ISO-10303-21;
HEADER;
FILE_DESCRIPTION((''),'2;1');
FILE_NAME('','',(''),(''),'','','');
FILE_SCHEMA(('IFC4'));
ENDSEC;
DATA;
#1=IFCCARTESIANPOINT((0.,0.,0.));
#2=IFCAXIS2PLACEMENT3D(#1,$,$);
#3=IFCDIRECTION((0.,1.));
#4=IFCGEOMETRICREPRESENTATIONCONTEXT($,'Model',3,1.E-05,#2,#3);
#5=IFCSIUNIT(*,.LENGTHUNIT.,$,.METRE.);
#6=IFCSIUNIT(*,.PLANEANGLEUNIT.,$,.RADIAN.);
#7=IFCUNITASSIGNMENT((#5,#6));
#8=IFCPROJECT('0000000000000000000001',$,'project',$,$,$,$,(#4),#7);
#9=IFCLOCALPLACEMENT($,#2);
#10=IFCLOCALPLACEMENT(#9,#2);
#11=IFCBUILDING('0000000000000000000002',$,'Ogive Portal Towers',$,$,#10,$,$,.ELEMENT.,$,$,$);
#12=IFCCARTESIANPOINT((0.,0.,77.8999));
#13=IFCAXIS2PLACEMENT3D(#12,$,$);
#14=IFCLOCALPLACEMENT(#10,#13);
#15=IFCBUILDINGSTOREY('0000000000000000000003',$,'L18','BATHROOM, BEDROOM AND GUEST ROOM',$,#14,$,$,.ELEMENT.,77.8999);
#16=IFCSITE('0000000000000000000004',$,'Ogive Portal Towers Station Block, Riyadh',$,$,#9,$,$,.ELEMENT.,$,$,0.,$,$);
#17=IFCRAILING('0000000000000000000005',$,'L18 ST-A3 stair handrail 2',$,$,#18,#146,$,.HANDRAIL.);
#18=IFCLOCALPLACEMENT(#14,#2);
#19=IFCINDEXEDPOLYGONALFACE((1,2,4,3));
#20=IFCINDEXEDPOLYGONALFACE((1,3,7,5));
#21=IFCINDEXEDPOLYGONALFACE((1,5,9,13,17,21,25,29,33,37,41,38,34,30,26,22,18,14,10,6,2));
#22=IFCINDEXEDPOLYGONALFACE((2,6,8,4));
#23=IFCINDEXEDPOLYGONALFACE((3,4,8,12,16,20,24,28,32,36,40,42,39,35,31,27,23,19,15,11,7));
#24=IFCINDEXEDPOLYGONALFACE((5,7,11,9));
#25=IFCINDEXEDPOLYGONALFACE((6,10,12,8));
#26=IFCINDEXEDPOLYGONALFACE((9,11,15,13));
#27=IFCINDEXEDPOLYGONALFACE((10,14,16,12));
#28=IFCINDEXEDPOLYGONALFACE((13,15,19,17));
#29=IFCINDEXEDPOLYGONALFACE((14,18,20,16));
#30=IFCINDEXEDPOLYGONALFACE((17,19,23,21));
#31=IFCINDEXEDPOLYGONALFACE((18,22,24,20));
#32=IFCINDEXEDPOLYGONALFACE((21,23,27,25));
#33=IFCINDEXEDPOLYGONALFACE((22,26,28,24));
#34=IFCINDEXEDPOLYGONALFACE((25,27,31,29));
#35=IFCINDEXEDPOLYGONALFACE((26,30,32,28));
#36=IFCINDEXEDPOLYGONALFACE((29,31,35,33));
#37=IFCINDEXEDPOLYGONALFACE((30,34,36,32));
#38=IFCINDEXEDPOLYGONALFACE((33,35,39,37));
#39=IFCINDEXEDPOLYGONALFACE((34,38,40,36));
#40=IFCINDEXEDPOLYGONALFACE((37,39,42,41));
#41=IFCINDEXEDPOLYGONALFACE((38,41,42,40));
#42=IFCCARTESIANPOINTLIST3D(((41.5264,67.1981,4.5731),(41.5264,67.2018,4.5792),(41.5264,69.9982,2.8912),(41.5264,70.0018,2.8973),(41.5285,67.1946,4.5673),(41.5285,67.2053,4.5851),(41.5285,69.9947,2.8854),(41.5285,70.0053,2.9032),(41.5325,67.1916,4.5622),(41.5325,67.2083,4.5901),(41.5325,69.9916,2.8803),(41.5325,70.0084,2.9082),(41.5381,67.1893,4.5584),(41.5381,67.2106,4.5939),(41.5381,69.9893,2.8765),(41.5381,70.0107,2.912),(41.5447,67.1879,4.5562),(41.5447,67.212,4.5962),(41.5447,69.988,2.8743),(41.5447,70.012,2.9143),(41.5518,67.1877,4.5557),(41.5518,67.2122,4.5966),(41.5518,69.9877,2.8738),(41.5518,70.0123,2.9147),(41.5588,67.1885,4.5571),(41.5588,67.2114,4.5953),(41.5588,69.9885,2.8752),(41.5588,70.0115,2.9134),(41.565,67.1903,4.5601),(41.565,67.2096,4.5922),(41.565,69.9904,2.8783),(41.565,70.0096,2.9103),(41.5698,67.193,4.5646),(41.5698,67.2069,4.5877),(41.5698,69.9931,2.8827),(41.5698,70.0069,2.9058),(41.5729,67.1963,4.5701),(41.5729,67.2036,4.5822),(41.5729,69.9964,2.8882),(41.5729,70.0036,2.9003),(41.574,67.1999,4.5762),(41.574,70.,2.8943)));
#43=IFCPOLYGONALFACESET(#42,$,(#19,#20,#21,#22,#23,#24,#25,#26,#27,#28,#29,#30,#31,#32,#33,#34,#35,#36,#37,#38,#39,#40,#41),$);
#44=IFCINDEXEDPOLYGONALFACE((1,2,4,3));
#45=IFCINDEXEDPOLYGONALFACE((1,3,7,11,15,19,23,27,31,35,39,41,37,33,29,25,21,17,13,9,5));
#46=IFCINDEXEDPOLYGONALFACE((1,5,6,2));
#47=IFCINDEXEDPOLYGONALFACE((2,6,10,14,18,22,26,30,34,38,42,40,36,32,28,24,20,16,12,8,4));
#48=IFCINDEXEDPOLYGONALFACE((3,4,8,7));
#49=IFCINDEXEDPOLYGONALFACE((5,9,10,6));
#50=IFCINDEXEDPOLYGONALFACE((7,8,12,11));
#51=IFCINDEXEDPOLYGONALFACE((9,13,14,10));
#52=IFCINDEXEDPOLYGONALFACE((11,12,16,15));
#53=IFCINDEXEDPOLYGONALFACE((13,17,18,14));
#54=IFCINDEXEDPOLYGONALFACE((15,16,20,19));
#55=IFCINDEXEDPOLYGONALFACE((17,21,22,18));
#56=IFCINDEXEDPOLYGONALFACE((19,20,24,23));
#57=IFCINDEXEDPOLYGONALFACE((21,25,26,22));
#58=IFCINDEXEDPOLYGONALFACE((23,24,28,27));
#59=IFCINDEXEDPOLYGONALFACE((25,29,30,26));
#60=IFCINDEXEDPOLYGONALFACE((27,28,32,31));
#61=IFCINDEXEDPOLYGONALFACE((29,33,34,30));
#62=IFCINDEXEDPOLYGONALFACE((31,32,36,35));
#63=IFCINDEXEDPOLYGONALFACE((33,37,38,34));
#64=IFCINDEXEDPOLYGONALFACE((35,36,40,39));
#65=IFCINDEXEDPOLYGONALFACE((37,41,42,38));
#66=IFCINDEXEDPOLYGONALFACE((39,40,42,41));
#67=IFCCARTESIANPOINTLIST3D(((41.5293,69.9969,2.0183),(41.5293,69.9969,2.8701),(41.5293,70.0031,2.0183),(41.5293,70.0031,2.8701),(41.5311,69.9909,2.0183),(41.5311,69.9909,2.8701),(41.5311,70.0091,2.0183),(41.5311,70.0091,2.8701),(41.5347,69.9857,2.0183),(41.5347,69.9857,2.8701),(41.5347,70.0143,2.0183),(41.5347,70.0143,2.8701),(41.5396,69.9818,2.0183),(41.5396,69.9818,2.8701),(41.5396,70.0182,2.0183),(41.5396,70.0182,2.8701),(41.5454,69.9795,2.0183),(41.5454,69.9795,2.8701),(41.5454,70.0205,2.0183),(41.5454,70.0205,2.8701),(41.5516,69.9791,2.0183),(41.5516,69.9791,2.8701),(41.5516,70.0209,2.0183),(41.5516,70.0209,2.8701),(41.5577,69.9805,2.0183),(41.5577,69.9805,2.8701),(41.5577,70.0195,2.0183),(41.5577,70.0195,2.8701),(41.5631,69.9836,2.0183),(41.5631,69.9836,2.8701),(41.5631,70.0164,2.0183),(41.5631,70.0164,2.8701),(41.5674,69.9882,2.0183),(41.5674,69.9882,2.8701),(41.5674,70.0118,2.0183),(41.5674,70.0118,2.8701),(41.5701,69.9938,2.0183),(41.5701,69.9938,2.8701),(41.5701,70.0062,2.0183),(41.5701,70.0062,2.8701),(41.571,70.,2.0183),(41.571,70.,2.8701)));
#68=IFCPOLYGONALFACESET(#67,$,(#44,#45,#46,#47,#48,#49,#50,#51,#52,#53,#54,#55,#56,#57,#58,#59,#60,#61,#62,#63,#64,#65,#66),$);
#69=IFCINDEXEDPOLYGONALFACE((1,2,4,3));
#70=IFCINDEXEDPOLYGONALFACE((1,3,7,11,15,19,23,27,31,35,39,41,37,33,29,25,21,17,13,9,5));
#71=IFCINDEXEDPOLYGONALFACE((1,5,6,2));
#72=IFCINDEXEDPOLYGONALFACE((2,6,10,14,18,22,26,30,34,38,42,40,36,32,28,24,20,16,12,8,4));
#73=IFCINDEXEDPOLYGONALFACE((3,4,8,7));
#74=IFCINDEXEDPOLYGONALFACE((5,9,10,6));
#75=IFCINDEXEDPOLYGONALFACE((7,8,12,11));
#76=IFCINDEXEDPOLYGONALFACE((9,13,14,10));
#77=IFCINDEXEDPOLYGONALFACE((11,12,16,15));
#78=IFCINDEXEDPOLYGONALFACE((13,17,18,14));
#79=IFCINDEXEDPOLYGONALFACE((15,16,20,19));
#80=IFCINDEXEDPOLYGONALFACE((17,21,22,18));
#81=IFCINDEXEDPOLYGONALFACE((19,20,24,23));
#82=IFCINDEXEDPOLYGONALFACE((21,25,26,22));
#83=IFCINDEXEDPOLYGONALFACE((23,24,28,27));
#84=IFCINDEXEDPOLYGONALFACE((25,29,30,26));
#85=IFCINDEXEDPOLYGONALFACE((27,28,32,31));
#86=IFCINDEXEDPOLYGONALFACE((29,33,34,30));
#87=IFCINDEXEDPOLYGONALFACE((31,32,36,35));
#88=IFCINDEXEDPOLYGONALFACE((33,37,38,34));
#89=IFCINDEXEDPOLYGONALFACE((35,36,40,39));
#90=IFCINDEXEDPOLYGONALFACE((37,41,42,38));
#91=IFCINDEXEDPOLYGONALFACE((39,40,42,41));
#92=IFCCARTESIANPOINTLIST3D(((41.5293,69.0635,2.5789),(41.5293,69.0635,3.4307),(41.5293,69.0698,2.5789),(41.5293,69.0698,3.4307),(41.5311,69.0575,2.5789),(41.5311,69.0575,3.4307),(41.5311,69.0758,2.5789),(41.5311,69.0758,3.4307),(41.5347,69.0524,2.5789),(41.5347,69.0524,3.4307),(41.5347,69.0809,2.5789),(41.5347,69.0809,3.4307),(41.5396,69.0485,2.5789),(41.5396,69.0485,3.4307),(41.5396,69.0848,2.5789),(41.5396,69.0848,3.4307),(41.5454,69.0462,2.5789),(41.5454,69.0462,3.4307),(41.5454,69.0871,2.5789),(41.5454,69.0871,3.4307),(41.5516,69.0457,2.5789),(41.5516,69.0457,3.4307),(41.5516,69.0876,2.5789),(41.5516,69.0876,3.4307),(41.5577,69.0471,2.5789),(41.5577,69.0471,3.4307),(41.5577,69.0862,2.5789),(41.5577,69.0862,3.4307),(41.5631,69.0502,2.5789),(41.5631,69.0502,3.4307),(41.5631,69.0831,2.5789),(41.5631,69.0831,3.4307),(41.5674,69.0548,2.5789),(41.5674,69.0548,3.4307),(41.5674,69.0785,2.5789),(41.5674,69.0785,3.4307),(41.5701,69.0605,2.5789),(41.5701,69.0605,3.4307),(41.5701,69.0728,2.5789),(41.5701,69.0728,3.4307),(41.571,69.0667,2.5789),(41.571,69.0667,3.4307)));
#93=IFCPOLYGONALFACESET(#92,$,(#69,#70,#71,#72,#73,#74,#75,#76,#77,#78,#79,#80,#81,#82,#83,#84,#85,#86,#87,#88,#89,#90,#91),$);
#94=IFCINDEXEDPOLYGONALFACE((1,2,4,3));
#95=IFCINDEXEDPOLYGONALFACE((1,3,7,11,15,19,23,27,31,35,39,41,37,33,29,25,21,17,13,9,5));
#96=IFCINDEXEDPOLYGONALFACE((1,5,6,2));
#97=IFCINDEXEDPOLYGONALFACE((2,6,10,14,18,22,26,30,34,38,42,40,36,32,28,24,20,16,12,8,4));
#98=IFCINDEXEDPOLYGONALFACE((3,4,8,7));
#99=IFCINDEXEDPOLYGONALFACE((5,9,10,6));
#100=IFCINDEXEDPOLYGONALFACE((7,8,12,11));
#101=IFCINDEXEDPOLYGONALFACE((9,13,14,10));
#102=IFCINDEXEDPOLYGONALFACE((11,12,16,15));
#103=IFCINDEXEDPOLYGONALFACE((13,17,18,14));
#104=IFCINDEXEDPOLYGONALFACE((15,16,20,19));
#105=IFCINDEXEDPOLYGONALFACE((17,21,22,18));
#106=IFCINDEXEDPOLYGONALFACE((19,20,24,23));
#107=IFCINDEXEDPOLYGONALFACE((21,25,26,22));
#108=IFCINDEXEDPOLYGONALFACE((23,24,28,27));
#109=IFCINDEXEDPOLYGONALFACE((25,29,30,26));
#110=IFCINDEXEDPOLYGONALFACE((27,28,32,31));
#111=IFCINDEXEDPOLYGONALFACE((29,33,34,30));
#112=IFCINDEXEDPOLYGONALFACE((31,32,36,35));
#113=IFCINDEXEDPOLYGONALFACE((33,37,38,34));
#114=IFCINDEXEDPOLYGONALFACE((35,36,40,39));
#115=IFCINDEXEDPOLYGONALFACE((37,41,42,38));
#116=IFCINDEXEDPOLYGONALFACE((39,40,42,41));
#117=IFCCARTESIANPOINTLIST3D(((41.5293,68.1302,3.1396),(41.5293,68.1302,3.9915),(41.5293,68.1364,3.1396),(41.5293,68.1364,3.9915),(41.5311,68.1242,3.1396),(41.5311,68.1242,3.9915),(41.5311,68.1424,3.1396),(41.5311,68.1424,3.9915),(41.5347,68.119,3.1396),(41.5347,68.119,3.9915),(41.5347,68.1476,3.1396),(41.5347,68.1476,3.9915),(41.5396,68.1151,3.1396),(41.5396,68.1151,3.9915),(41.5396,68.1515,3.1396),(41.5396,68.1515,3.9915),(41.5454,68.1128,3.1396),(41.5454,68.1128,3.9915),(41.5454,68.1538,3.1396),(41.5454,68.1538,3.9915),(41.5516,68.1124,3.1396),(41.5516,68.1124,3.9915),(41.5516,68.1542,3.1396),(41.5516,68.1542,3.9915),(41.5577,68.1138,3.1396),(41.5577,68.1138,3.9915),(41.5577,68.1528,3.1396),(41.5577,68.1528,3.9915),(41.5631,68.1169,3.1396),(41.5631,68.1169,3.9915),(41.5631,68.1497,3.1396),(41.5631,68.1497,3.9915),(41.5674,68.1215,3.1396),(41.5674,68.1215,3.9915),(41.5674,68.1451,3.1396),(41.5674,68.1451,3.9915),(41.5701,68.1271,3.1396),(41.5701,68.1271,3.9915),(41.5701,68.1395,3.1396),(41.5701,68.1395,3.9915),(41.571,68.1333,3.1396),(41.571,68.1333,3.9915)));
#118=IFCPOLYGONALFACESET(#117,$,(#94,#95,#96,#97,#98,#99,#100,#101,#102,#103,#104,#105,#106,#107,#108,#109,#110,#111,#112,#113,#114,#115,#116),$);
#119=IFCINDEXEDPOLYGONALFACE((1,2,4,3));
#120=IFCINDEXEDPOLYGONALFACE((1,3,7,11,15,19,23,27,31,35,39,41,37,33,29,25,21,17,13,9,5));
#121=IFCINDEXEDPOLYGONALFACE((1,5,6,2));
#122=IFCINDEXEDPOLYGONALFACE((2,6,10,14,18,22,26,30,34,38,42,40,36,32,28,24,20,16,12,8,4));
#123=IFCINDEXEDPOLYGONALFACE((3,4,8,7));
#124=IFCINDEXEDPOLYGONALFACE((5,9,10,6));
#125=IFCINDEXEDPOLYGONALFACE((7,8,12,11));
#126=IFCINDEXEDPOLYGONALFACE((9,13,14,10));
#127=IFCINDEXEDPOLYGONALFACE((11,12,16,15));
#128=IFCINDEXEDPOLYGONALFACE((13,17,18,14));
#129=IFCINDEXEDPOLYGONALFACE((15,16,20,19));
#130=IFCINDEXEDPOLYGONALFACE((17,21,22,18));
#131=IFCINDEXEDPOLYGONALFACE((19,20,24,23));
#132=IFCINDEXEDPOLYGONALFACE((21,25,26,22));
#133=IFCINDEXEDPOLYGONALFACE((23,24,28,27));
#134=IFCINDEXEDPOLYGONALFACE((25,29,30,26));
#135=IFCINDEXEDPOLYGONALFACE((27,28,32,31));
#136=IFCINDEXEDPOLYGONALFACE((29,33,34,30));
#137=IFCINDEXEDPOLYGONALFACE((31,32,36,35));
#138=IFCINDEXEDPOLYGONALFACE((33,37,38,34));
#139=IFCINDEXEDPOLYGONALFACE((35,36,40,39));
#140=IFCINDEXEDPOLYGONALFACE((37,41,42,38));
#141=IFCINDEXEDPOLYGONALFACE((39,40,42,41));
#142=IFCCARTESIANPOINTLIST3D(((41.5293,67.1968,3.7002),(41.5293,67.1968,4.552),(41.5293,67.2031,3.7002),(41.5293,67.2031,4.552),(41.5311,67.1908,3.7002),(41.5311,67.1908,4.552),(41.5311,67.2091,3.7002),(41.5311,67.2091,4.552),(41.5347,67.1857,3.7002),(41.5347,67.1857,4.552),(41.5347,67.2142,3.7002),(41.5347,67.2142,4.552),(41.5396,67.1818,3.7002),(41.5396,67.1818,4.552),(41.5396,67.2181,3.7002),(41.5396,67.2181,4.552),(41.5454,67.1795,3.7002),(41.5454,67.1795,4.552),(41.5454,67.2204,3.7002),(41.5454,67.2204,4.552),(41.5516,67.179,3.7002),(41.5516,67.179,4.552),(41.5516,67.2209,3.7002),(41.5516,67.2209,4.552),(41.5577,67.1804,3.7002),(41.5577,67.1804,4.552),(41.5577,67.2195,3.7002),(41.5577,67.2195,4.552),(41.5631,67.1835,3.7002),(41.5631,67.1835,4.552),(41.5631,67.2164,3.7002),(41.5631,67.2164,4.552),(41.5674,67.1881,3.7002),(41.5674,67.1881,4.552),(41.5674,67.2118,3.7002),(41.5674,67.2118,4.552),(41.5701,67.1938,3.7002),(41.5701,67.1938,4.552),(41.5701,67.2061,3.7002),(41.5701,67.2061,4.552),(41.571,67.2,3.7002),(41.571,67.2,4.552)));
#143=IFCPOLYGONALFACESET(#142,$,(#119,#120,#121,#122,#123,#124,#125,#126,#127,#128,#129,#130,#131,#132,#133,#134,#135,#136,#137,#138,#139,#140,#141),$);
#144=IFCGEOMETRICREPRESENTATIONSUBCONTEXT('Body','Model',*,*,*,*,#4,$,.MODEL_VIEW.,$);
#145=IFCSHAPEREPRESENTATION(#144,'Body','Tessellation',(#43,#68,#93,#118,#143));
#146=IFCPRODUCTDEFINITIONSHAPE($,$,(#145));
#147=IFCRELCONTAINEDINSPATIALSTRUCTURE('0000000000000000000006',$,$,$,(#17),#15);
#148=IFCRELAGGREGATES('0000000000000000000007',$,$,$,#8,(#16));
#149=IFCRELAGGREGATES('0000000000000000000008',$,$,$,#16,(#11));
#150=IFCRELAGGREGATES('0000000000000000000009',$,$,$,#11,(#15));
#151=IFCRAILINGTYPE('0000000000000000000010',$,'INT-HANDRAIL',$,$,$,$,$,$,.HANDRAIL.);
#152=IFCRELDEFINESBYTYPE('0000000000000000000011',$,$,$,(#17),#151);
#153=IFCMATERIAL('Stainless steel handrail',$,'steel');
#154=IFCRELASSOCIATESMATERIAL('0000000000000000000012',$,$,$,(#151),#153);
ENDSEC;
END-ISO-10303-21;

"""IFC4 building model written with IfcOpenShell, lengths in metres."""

from ifc_helpers import new_model, si_unit, direction, frame, origin, origin_2d, place, context, subcontext, project, spatial, circle, extrude, material, type_object, element, save


model = new_model("IFC4")

# Units and contexts
model_context = context("Model", 3, precision=1e-05, world=origin(), true_north=direction((0.0, 1.0)))
body_context = subcontext(model_context, "Body", "Model", "MODEL_VIEW")
ifc_project = project(units=[si_unit("LENGTHUNIT", "METRE"), si_unit("PLANEANGLEUNIT", "RADIAN")], contexts=[model_context])

# Site, building, storey
site_placement = place(None, origin())
site = spatial("IfcSite", under=ifc_project, at=site_placement, Name="Ogive Portal Towers Station Block, Riyadh", CompositionType="ELEMENT", RefElevation=0.0)
building_placement = place(site_placement, origin())
building = spatial("IfcBuilding", under=site, at=building_placement, Name="Ogive Portal Towers", CompositionType="ELEMENT")
storey_placement = place(building_placement, frame((0.0, 0.0, 77.8999)))
storey = spatial("IfcBuildingStorey", under=building, at=storey_placement, Name="L18", Description="BATHROOM, BEDROOM AND GUEST ROOM", CompositionType="ELEMENT", Elevation=77.8999)

# Railing
ifc_material_1 = material(Name="Stainless steel handrail", Category="steel")
railing_type_1 = type_object("IfcRailingType", Name="INT-HANDRAIL", PredefinedType="HANDRAIL", material=ifc_material_1)
railing_1_placement = place(storey_placement, frame((41.55, 70.0, 2.0183)))
element("IfcRailing", 1, at=railing_1_placement, inside=storey, type_object=railing_type_1, Name="L18 ST-A3 stair handrail 2", PredefinedType="HANDRAIL", context=body_context, shape_type="SweptSolid", body=[
    extrude(circle(Radius=0.0239, at=origin_2d()), frame((0.0, 0.0, 0.876), z_axis=(0.0, -0.857242, 0.514913), x_axis=(1.0, 0.0, 0.0)), (0.0, 0.0, 1.0), 3.2664),
    extrude(circle(Radius=0.021, at=origin_2d()), origin(), (0.0, 0.0, 1.0), 0.8518),
    extrude(circle(Radius=0.021, at=origin_2d()), frame((0.0, -0.9333, 0.5605)), (0.0, 0.0, 1.0), 0.8518),
    extrude(circle(Radius=0.021, at=origin_2d()), frame((0.0, -1.8667, 1.1213)), (0.0, 0.0, 1.0), 0.8518),
    extrude(circle(Radius=0.021, at=origin_2d()), frame((0.0, -2.8, 1.6819)), (0.0, 0.0, 1.0), 0.8518),
])

save(model, "model.ifc")
